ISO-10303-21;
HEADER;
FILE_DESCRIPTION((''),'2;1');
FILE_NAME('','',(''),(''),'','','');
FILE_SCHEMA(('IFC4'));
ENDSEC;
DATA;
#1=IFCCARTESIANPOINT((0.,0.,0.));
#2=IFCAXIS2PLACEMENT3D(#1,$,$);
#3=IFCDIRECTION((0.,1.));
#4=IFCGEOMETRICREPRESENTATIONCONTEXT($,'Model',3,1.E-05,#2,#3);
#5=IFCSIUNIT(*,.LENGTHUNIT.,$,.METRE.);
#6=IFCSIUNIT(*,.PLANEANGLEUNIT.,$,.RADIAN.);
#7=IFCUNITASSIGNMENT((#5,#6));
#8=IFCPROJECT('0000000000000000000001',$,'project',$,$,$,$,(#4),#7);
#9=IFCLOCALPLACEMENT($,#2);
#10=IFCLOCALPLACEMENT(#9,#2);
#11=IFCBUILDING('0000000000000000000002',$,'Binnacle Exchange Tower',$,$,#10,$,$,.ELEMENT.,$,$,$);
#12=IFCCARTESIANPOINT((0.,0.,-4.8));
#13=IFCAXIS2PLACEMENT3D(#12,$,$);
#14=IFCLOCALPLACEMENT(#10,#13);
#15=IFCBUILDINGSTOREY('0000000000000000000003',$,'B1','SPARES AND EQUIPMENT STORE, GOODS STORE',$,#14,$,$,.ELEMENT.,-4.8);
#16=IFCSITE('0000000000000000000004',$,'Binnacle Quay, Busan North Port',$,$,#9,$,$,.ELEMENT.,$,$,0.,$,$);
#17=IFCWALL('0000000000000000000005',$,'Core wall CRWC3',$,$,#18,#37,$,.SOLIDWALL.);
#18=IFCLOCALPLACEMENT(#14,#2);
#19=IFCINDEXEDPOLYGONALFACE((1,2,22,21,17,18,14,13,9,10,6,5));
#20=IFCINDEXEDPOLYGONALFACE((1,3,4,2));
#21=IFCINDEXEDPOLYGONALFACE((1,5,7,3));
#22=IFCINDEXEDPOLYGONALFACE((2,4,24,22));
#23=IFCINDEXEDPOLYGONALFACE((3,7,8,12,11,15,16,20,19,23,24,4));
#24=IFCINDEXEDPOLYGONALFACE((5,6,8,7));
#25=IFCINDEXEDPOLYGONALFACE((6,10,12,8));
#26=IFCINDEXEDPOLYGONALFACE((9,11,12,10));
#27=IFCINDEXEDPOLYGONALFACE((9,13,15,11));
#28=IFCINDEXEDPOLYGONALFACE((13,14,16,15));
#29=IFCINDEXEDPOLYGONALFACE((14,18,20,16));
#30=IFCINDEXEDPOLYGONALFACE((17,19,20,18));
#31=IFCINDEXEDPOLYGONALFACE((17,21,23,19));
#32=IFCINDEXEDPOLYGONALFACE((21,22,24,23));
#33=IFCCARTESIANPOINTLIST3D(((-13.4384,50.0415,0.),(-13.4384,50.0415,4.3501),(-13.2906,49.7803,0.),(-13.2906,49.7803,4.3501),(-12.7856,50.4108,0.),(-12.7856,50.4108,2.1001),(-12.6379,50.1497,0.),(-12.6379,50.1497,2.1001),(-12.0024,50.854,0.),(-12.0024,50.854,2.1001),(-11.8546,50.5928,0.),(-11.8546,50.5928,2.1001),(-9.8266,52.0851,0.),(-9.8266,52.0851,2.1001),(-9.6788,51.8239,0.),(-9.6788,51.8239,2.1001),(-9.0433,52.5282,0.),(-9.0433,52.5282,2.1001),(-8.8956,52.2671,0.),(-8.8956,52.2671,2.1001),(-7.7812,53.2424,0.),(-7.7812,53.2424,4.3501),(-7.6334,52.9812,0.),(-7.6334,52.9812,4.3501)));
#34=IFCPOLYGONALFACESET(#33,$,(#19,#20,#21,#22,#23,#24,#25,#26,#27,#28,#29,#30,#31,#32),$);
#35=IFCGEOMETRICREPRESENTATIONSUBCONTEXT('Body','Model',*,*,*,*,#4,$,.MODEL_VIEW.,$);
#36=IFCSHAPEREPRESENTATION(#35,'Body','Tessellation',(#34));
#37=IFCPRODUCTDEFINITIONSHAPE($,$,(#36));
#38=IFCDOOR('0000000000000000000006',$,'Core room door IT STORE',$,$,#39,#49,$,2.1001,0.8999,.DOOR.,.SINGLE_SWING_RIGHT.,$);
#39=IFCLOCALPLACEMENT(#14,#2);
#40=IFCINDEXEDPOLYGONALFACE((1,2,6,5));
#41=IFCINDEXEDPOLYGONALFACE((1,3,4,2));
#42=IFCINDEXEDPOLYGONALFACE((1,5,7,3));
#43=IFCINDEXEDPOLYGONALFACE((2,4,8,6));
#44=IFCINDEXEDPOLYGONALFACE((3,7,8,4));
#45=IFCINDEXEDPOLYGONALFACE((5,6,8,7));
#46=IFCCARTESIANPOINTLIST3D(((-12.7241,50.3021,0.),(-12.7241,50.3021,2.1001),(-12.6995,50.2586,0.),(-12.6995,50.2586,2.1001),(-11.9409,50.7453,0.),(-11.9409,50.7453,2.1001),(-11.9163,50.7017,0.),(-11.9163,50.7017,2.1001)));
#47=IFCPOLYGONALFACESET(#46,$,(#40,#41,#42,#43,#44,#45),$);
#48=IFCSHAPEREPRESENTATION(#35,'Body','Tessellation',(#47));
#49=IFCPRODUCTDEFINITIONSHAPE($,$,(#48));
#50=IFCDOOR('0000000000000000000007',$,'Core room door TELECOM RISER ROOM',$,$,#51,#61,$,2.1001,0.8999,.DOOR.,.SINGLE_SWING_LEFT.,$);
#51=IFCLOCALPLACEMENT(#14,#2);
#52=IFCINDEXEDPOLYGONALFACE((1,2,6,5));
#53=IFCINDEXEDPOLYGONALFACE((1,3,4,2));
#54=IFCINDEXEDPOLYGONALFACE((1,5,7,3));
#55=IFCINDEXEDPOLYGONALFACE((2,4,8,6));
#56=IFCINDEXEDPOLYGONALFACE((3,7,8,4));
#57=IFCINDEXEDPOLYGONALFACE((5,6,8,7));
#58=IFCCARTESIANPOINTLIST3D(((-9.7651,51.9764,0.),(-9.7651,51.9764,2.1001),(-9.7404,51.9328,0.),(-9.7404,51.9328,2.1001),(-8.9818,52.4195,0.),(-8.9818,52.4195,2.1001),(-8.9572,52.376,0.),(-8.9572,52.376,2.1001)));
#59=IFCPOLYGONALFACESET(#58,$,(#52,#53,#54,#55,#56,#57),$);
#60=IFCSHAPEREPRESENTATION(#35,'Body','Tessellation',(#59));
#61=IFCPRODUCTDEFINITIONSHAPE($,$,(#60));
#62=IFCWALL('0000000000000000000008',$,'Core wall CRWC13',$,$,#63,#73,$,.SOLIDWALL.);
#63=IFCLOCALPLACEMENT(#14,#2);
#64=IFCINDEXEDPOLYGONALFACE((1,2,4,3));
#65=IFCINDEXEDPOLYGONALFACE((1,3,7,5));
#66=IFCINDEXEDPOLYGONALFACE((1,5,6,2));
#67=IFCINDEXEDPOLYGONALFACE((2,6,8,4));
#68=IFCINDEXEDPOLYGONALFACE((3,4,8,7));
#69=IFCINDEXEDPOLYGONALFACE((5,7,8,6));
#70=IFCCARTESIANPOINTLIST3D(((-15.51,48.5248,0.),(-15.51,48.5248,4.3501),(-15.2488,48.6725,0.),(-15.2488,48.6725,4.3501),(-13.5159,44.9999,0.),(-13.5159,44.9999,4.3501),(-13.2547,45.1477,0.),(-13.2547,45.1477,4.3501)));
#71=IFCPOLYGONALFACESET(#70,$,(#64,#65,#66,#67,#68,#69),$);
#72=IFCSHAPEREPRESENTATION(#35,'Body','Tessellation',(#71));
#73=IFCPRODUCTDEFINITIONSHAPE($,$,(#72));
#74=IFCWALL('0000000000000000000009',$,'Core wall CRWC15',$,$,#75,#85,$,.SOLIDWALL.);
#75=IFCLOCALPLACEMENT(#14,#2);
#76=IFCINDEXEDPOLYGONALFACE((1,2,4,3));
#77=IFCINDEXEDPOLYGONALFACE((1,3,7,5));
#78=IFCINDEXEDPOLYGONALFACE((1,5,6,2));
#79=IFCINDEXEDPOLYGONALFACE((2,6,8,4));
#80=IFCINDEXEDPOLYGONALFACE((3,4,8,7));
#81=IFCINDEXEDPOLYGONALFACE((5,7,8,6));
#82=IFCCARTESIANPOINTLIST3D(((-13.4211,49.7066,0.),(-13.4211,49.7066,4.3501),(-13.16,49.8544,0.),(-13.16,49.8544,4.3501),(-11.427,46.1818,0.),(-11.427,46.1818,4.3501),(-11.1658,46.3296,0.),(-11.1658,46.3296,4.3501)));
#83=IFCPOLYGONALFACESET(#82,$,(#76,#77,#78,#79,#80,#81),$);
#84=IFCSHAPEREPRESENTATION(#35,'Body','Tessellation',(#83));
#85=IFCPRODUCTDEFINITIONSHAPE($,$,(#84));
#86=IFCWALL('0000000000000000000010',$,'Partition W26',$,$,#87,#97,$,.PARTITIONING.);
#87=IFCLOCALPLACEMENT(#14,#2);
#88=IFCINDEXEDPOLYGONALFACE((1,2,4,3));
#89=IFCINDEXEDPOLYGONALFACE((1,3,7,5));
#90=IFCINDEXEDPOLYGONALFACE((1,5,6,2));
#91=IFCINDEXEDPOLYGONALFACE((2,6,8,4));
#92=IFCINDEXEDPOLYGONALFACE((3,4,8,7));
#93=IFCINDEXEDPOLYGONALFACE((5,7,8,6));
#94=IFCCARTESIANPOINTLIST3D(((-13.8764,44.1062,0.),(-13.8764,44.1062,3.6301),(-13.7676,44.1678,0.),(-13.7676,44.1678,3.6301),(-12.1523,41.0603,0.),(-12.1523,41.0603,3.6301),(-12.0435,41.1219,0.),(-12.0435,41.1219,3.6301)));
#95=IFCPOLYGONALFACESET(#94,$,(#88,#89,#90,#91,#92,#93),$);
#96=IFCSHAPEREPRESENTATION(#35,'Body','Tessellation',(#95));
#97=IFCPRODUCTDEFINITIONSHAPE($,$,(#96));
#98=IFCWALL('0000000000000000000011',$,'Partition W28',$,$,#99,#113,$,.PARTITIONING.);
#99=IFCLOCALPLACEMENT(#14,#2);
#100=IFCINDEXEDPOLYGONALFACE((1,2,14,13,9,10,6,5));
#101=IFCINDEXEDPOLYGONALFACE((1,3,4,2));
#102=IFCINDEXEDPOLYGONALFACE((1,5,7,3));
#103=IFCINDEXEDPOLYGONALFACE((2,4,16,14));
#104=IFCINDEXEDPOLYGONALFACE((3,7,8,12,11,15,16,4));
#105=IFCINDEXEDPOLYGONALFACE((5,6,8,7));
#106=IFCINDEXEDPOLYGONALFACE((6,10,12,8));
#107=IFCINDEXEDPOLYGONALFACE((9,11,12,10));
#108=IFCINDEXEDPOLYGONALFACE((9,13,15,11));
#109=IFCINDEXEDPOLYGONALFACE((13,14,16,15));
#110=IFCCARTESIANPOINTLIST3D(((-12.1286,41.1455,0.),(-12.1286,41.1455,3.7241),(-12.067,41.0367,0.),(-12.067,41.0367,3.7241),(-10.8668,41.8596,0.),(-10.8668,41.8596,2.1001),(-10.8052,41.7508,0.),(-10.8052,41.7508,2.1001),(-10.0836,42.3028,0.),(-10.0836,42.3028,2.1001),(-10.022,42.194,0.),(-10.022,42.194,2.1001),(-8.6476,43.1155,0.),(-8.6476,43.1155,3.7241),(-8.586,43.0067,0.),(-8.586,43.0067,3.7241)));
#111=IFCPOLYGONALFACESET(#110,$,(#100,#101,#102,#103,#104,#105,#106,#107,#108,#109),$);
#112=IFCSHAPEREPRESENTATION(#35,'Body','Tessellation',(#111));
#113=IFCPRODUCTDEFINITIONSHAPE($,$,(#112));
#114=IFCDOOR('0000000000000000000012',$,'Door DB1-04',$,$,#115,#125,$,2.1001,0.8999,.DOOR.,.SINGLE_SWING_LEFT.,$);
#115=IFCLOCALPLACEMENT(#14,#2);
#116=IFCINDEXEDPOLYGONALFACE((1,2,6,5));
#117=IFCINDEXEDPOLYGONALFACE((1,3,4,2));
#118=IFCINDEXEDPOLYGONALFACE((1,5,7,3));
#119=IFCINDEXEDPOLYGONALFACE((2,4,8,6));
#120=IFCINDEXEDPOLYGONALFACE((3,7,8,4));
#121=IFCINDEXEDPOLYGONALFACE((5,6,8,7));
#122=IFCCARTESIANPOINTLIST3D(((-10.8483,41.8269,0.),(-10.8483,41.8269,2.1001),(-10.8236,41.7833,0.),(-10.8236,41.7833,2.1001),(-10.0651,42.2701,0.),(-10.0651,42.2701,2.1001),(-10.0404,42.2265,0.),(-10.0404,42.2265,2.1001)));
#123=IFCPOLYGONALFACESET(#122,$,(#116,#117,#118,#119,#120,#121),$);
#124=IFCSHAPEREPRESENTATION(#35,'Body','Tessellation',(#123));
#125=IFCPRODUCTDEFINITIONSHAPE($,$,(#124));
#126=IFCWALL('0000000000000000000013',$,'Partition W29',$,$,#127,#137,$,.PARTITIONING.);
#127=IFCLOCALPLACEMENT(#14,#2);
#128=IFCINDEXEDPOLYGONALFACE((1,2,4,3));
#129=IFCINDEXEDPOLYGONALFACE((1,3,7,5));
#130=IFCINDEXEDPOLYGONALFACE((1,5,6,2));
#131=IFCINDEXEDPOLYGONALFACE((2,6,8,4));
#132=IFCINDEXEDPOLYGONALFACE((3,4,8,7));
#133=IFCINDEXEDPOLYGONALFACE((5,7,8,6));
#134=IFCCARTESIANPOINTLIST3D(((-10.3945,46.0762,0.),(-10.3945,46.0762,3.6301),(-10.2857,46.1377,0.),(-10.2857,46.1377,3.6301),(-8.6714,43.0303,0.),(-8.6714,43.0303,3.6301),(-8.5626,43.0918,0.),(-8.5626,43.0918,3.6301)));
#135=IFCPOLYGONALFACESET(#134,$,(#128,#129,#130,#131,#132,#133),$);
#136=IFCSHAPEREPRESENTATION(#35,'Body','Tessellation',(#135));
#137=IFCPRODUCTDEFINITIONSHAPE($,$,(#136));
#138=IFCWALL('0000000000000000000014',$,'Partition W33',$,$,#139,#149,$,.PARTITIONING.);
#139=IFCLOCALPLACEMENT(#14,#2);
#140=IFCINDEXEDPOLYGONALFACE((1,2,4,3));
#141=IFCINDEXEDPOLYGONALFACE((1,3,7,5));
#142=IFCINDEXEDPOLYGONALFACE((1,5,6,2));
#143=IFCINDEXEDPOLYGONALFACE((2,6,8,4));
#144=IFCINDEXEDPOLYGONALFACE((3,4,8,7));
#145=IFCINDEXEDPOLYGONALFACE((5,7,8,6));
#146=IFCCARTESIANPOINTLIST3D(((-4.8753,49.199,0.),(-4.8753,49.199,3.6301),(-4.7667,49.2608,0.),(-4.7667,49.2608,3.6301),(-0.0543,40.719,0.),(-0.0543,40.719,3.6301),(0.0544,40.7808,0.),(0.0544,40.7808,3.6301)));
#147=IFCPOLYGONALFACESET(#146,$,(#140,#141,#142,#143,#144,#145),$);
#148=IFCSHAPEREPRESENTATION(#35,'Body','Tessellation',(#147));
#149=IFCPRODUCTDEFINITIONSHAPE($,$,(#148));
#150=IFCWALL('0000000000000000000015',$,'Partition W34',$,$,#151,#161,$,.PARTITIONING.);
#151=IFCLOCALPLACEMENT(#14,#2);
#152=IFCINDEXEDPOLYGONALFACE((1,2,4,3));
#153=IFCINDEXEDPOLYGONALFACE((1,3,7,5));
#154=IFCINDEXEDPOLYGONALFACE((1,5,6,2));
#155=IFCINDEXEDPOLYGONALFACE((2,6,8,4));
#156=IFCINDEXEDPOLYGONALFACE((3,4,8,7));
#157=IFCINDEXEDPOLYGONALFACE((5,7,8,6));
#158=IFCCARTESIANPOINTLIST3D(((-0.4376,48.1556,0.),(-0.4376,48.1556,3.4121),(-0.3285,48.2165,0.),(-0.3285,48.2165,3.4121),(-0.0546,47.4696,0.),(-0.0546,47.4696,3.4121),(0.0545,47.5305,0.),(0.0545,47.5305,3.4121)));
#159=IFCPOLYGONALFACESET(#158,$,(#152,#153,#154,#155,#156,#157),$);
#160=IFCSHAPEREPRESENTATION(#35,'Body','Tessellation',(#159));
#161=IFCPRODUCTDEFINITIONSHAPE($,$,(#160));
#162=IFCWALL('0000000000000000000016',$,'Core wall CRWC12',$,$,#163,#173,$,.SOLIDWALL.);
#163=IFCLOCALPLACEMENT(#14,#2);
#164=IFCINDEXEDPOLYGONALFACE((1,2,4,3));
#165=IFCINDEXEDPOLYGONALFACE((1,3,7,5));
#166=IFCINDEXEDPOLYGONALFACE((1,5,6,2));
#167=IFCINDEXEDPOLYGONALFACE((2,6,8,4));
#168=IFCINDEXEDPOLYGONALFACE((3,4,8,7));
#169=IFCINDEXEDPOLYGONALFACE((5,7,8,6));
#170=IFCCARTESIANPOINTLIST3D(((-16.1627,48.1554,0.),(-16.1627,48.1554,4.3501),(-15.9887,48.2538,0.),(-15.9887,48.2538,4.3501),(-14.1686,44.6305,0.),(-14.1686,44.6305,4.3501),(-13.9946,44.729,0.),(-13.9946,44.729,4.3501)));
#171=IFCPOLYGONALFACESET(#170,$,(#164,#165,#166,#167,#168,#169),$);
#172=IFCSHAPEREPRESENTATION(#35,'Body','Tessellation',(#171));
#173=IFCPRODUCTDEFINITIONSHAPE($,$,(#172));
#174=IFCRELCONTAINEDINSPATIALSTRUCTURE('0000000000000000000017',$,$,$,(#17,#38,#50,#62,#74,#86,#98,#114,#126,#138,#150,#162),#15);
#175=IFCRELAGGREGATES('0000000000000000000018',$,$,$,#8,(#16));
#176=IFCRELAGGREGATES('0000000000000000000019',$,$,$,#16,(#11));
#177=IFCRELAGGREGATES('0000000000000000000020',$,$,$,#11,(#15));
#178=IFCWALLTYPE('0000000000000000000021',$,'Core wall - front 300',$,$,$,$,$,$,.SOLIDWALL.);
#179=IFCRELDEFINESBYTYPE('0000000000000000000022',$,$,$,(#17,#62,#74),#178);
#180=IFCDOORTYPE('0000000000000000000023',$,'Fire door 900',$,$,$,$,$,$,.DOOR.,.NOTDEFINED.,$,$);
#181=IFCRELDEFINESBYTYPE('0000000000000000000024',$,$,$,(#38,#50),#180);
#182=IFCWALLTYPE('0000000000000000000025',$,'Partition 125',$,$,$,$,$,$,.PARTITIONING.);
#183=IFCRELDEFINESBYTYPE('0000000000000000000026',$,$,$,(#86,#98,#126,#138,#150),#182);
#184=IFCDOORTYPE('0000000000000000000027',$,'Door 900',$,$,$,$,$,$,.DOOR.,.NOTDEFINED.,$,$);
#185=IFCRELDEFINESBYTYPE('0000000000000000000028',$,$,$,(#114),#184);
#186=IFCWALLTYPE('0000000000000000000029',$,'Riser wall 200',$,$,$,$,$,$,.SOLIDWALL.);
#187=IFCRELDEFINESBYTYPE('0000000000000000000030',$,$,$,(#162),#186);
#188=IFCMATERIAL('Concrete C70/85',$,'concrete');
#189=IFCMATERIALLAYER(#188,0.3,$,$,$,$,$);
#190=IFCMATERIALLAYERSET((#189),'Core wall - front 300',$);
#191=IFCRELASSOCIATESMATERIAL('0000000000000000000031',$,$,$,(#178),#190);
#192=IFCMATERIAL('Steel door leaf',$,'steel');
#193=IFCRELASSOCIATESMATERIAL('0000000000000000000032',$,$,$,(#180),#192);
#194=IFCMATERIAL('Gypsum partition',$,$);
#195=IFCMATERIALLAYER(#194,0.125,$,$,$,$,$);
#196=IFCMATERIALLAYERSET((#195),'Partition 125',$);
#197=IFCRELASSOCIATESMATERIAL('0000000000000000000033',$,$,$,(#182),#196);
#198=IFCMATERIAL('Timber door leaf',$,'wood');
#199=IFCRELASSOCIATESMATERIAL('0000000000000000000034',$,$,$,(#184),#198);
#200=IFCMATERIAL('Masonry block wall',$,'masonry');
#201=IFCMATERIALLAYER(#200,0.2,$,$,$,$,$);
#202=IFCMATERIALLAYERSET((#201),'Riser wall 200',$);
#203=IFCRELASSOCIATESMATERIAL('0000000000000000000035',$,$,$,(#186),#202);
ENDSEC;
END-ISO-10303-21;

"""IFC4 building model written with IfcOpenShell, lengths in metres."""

from ifc_helpers import new_model, si_unit, direction, frame, frame_2d, origin, place, context, subcontext, project, spatial, rectangle, extrude, material, layer, layer_set, type_object, element, fill, save


model = new_model("IFC4")

# Units and contexts
model_context = context("Model", 3, precision=1e-05, world=origin(), true_north=direction((0.0, 1.0)))
body_context = subcontext(model_context, "Body", "Model", "MODEL_VIEW")
ifc_project = project(units=[si_unit("LENGTHUNIT", "METRE"), si_unit("PLANEANGLEUNIT", "RADIAN")], contexts=[model_context])

# Site, building, storey
site_placement = place(None, origin())
site = spatial("IfcSite", under=ifc_project, at=site_placement, Name="Binnacle Quay, Busan North Port", CompositionType="ELEMENT", RefElevation=0.0)
building_placement = place(site_placement, origin())
building = spatial("IfcBuilding", under=site, at=building_placement, Name="Binnacle Exchange Tower", CompositionType="ELEMENT")
storey_placement = place(building_placement, frame((0.0, 0.0, -4.8)))
storey = spatial("IfcBuildingStorey", under=building, at=storey_placement, Name="B1", Description="SPARES AND EQUIPMENT STORE, GOODS STORE", CompositionType="ELEMENT", Elevation=-4.8)

# Shared definitions
ifc_material_1 = material(Name="Concrete C70/85", Category="concrete")

# Wall, openings, doors
ifc_layer_1 = layer(ifc_material_1, 0.3)
ifc_layer_set_1 = layer_set([ifc_layer_1], Name="Core wall - front 300")
wall_type_1 = type_object("IfcWallType", Name="Core wall - front 300", PredefinedType="SOLIDWALL", material=ifc_layer_set_1)
wall_1_placement = place(storey_placement, frame((-13.3645, 49.9109, 0.0), z_axis=(0.0, 0.0, 1.0), x_axis=(0.870341, 0.49245, 0.0)))
wall_1 = element("IfcWall", 1, at=wall_1_placement, inside=storey, type_object=wall_type_1, Name="Core wall CRWC3", PredefinedType="SOLIDWALL", context=body_context, shape_type="SweptSolid", body=[
    extrude(rectangle(XDim=6.5, YDim=0.3, at=frame_2d((3.25, 0.0))), origin(), (0.0, 0.0, 1.0), 4.3501),
])
opening_1_placement = place(wall_1_placement, frame((0.75, 0.0, 0.0)))
opening_1 = element("IfcOpeningElement", 2, at=opening_1_placement, cuts=wall_1, PredefinedType="OPENING", context=body_context, shape_type="SweptSolid", body=[
    extrude(rectangle(XDim=0.8999, YDim=2.1001, at=frame_2d((0.45, 1.05))), frame((0.0, 0.1599, 0.0), z_axis=(0.0, -1.0, 0.0), x_axis=(1.0, 0.0, 0.0)), (0.0, 0.0, 1.0), 0.3201),
])
opening_2_placement = place(wall_1_placement, frame((4.1499, 0.0, 0.0)))
opening_2 = element("IfcOpeningElement", 3, at=opening_2_placement, cuts=wall_1, PredefinedType="OPENING", context=body_context, shape_type="SweptSolid", body=[
    extrude(rectangle(XDim=0.8999, YDim=2.1001, at=frame_2d((0.45, 1.05))), frame((0.0, 0.1599, 0.0), z_axis=(0.0, -1.0, 0.0), x_axis=(1.0, 0.0, 0.0)), (0.0, 0.0, 1.0), 0.3201),
])
ifc_material_2 = material(Name="Steel door leaf", Category="steel")
door_type_1 = type_object("IfcDoorType", Name="Fire door 900", OperationType="NOTDEFINED", PredefinedType="DOOR", material=ifc_material_2)
door_1_placement = place(opening_1_placement, frame((0.8999, 0.0, 0.0), z_axis=(0.0, 0.0, 1.0), x_axis=(-1.0, 0.0, 0.0)))
door_1 = element("IfcDoor", 4, at=door_1_placement, inside=storey, type_object=door_type_1, Name="Core room door IT STORE", OperationType="SINGLE_SWING_RIGHT", OverallHeight=2.1001, OverallWidth=0.8999, PredefinedType="DOOR", context=body_context, shape_type="SweptSolid", body=[
    extrude(rectangle(XDim=0.8999, YDim=2.1001, at=frame_2d((0.45, 1.05))), frame((0.0, 0.0249, 0.0), z_axis=(0.0, -1.0, 0.0), x_axis=(1.0, 0.0, 0.0)), (0.0, 0.0, 1.0), 0.05),
])
fill(opening_1, door_1)
door_2_placement = place(opening_2_placement, frame((0.8999, 0.0, 0.0), z_axis=(0.0, 0.0, 1.0), x_axis=(-1.0, 0.0, 0.0)))
door_2 = element("IfcDoor", 5, at=door_2_placement, inside=storey, type_object=door_type_1, Name="Core room door TELECOM RISER ROOM", OperationType="SINGLE_SWING_LEFT", OverallHeight=2.1001, OverallWidth=0.8999, PredefinedType="DOOR", context=body_context, shape_type="SweptSolid", body=[
    extrude(rectangle(XDim=0.8999, YDim=2.1001, at=frame_2d((0.45, 1.05))), frame((0.0, 0.0249, 0.0), z_axis=(0.0, -1.0, 0.0), x_axis=(1.0, 0.0, 0.0)), (0.0, 0.0, 1.0), 0.05),
])
fill(opening_2, door_2)

# Walls
for number, where, z_axis, x_axis, name in (
    (6, (-15.3794, 48.5986, 0.0), (0.0, 0.0, 1.0), (0.492395, -0.870372, 0.0), "Core wall CRWC13"),
    (7, (-13.2905, 49.7805, 0.0), (0.0, 0.0, 1.0), (0.492395, -0.870372, 0.0), "Core wall CRWC15"),
):
    element("IfcWall", number, at=place(storey_placement, frame(where, z_axis=z_axis, x_axis=x_axis)), inside=storey, type_object=wall_type_1, Name=name, PredefinedType="SOLIDWALL", context=body_context, shape_type="SweptSolid", body=[
        extrude(rectangle(XDim=4.0498, YDim=0.3, at=frame_2d((2.0249, 0.0))), origin(), (0.0, 0.0, 1.0), 4.3501),
    ])
ifc_material_3 = material(Name="Gypsum partition")
ifc_layer_2 = layer(ifc_material_3, 0.125)
ifc_layer_set_2 = layer_set([ifc_layer_2], Name="Partition 125")
wall_type_2 = type_object("IfcWallType", Name="Partition 125", PredefinedType="PARTITIONING", material=ifc_layer_set_2)
wall_2_placement = place(storey_placement, frame((-13.822, 44.137, 0.0), z_axis=(0.0, 0.0, 1.0), x_axis=(0.492604, -0.870253, 0.0)))
element("IfcWall", 8, at=wall_2_placement, inside=storey, type_object=wall_type_2, Name="Partition W26", PredefinedType="PARTITIONING", context=body_context, shape_type="SweptSolid", body=[
    extrude(rectangle(XDim=3.5, YDim=0.125, at=frame_2d((1.75, 0.0))), origin(), (0.0, 0.0, 1.0), 3.6301),
])

# Wall, opening, door
wall_3_placement = place(storey_placement, frame((-12.0979, 41.0911, 0.0), z_axis=(0.0, 0.0, 1.0), x_axis=(0.870298, 0.492526, 0.0)))
wall_3 = element("IfcWall", 9, at=wall_3_placement, inside=storey, type_object=wall_type_2, Name="Partition W28", PredefinedType="PARTITIONING", context=body_context, shape_type="SweptSolid", body=[
    extrude(rectangle(XDim=3.9998, YDim=0.125, at=frame_2d((2.0, 0.0))), origin(), (0.0, 0.0, 1.0), 3.7241),
])
opening_3_placement = place(wall_3_placement, frame((1.45, 0.0, 0.0)))
opening_3 = element("IfcOpeningElement", 10, at=opening_3_placement, cuts=wall_3, PredefinedType="OPENING", context=body_context, shape_type="SweptSolid", body=[
    extrude(rectangle(XDim=0.8999, YDim=2.1001, at=frame_2d((0.45, 1.05))), frame((0.0, 0.0725, 0.0), z_axis=(0.0, -1.0, 0.0), x_axis=(1.0, 0.0, 0.0)), (0.0, 0.0, 1.0), 0.145),
])
ifc_material_4 = material(Name="Timber door leaf", Category="wood")
door_type_2 = type_object("IfcDoorType", Name="Door 900", OperationType="NOTDEFINED", PredefinedType="DOOR", material=ifc_material_4)
door_3_placement = place(opening_3_placement, origin())
door_3 = element("IfcDoor", 11, at=door_3_placement, inside=storey, type_object=door_type_2, Name="Door DB1-04", OperationType="SINGLE_SWING_LEFT", OverallHeight=2.1001, OverallWidth=0.8999, PredefinedType="DOOR", context=body_context, shape_type="SweptSolid", body=[
    extrude(rectangle(XDim=0.8999, YDim=2.1001, at=frame_2d((0.45, 1.05))), frame((0.0, 0.0249, 0.0), z_axis=(0.0, -1.0, 0.0), x_axis=(1.0, 0.0, 0.0)), (0.0, 0.0, 1.0), 0.05),
])
fill(opening_3, door_3)

# Walls
wall_4_placement = place(storey_placement, frame((-10.3401, 46.1069, 0.0), z_axis=(0.0, 0.0, 1.0), x_axis=(0.492393, -0.870373, 0.0)))
element("IfcWall", 12, at=wall_4_placement, inside=storey, type_object=wall_type_2, Name="Partition W29", PredefinedType="PARTITIONING", context=body_context, shape_type="SweptSolid", body=[
    extrude(rectangle(XDim=3.4995, YDim=0.125, at=frame_2d((1.7498, 0.0))), origin(), (0.0, 0.0, 1.0), 3.6301),
])
wall_5_placement = place(storey_placement, frame((-4.821, 49.23, 0.0), z_axis=(0.0, 0.0, 1.0), x_axis=(0.494232, -0.86933, 0.0)))
element("IfcWall", 13, at=wall_5_placement, inside=storey, type_object=wall_type_2, Name="Partition W33", PredefinedType="PARTITIONING", context=body_context, shape_type="SweptSolid", body=[
    extrude(rectangle(XDim=9.7546, YDim=0.125, at=frame_2d((4.8774, 0.0))), origin(), (0.0, 0.0, 1.0), 3.6301),
])
wall_6_placement = place(storey_placement, frame((-0.3831, 48.186, 0.0), z_axis=(0.0, 0.0, 1.0), x_axis=(0.487515, -0.873115, 0.0)))
element("IfcWall", 14, at=wall_6_placement, inside=storey, type_object=wall_type_2, Name="Partition W34", PredefinedType="PARTITIONING", context=body_context, shape_type="SweptSolid", body=[
    extrude(rectangle(XDim=0.7856, YDim=0.125, at=frame_2d((0.3928, 0.0))), origin(), (0.0, 0.0, 1.0), 3.4121),
])
ifc_material_5 = material(Name="Masonry block wall", Category="masonry")
ifc_layer_3 = layer(ifc_material_5, 0.2)
ifc_layer_set_3 = layer_set([ifc_layer_3], Name="Riser wall 200")
wall_type_3 = type_object("IfcWallType", Name="Riser wall 200", PredefinedType="SOLIDWALL", material=ifc_layer_set_3)
wall_7_placement = place(storey_placement, frame((-16.0757, 48.2046, 0.0), z_axis=(0.0, 0.0, 1.0), x_axis=(0.492395, -0.870372, 0.0)))
element("IfcWall", 15, at=wall_7_placement, inside=storey, type_object=wall_type_3, Name="Core wall CRWC12", PredefinedType="SOLIDWALL", context=body_context, shape_type="SweptSolid", body=[
    extrude(rectangle(XDim=4.0498, YDim=0.2, at=frame_2d((2.0249, 0.0))), origin(), (0.0, 0.0, 1.0), 4.3501),
])

save(model, "model.ifc")
